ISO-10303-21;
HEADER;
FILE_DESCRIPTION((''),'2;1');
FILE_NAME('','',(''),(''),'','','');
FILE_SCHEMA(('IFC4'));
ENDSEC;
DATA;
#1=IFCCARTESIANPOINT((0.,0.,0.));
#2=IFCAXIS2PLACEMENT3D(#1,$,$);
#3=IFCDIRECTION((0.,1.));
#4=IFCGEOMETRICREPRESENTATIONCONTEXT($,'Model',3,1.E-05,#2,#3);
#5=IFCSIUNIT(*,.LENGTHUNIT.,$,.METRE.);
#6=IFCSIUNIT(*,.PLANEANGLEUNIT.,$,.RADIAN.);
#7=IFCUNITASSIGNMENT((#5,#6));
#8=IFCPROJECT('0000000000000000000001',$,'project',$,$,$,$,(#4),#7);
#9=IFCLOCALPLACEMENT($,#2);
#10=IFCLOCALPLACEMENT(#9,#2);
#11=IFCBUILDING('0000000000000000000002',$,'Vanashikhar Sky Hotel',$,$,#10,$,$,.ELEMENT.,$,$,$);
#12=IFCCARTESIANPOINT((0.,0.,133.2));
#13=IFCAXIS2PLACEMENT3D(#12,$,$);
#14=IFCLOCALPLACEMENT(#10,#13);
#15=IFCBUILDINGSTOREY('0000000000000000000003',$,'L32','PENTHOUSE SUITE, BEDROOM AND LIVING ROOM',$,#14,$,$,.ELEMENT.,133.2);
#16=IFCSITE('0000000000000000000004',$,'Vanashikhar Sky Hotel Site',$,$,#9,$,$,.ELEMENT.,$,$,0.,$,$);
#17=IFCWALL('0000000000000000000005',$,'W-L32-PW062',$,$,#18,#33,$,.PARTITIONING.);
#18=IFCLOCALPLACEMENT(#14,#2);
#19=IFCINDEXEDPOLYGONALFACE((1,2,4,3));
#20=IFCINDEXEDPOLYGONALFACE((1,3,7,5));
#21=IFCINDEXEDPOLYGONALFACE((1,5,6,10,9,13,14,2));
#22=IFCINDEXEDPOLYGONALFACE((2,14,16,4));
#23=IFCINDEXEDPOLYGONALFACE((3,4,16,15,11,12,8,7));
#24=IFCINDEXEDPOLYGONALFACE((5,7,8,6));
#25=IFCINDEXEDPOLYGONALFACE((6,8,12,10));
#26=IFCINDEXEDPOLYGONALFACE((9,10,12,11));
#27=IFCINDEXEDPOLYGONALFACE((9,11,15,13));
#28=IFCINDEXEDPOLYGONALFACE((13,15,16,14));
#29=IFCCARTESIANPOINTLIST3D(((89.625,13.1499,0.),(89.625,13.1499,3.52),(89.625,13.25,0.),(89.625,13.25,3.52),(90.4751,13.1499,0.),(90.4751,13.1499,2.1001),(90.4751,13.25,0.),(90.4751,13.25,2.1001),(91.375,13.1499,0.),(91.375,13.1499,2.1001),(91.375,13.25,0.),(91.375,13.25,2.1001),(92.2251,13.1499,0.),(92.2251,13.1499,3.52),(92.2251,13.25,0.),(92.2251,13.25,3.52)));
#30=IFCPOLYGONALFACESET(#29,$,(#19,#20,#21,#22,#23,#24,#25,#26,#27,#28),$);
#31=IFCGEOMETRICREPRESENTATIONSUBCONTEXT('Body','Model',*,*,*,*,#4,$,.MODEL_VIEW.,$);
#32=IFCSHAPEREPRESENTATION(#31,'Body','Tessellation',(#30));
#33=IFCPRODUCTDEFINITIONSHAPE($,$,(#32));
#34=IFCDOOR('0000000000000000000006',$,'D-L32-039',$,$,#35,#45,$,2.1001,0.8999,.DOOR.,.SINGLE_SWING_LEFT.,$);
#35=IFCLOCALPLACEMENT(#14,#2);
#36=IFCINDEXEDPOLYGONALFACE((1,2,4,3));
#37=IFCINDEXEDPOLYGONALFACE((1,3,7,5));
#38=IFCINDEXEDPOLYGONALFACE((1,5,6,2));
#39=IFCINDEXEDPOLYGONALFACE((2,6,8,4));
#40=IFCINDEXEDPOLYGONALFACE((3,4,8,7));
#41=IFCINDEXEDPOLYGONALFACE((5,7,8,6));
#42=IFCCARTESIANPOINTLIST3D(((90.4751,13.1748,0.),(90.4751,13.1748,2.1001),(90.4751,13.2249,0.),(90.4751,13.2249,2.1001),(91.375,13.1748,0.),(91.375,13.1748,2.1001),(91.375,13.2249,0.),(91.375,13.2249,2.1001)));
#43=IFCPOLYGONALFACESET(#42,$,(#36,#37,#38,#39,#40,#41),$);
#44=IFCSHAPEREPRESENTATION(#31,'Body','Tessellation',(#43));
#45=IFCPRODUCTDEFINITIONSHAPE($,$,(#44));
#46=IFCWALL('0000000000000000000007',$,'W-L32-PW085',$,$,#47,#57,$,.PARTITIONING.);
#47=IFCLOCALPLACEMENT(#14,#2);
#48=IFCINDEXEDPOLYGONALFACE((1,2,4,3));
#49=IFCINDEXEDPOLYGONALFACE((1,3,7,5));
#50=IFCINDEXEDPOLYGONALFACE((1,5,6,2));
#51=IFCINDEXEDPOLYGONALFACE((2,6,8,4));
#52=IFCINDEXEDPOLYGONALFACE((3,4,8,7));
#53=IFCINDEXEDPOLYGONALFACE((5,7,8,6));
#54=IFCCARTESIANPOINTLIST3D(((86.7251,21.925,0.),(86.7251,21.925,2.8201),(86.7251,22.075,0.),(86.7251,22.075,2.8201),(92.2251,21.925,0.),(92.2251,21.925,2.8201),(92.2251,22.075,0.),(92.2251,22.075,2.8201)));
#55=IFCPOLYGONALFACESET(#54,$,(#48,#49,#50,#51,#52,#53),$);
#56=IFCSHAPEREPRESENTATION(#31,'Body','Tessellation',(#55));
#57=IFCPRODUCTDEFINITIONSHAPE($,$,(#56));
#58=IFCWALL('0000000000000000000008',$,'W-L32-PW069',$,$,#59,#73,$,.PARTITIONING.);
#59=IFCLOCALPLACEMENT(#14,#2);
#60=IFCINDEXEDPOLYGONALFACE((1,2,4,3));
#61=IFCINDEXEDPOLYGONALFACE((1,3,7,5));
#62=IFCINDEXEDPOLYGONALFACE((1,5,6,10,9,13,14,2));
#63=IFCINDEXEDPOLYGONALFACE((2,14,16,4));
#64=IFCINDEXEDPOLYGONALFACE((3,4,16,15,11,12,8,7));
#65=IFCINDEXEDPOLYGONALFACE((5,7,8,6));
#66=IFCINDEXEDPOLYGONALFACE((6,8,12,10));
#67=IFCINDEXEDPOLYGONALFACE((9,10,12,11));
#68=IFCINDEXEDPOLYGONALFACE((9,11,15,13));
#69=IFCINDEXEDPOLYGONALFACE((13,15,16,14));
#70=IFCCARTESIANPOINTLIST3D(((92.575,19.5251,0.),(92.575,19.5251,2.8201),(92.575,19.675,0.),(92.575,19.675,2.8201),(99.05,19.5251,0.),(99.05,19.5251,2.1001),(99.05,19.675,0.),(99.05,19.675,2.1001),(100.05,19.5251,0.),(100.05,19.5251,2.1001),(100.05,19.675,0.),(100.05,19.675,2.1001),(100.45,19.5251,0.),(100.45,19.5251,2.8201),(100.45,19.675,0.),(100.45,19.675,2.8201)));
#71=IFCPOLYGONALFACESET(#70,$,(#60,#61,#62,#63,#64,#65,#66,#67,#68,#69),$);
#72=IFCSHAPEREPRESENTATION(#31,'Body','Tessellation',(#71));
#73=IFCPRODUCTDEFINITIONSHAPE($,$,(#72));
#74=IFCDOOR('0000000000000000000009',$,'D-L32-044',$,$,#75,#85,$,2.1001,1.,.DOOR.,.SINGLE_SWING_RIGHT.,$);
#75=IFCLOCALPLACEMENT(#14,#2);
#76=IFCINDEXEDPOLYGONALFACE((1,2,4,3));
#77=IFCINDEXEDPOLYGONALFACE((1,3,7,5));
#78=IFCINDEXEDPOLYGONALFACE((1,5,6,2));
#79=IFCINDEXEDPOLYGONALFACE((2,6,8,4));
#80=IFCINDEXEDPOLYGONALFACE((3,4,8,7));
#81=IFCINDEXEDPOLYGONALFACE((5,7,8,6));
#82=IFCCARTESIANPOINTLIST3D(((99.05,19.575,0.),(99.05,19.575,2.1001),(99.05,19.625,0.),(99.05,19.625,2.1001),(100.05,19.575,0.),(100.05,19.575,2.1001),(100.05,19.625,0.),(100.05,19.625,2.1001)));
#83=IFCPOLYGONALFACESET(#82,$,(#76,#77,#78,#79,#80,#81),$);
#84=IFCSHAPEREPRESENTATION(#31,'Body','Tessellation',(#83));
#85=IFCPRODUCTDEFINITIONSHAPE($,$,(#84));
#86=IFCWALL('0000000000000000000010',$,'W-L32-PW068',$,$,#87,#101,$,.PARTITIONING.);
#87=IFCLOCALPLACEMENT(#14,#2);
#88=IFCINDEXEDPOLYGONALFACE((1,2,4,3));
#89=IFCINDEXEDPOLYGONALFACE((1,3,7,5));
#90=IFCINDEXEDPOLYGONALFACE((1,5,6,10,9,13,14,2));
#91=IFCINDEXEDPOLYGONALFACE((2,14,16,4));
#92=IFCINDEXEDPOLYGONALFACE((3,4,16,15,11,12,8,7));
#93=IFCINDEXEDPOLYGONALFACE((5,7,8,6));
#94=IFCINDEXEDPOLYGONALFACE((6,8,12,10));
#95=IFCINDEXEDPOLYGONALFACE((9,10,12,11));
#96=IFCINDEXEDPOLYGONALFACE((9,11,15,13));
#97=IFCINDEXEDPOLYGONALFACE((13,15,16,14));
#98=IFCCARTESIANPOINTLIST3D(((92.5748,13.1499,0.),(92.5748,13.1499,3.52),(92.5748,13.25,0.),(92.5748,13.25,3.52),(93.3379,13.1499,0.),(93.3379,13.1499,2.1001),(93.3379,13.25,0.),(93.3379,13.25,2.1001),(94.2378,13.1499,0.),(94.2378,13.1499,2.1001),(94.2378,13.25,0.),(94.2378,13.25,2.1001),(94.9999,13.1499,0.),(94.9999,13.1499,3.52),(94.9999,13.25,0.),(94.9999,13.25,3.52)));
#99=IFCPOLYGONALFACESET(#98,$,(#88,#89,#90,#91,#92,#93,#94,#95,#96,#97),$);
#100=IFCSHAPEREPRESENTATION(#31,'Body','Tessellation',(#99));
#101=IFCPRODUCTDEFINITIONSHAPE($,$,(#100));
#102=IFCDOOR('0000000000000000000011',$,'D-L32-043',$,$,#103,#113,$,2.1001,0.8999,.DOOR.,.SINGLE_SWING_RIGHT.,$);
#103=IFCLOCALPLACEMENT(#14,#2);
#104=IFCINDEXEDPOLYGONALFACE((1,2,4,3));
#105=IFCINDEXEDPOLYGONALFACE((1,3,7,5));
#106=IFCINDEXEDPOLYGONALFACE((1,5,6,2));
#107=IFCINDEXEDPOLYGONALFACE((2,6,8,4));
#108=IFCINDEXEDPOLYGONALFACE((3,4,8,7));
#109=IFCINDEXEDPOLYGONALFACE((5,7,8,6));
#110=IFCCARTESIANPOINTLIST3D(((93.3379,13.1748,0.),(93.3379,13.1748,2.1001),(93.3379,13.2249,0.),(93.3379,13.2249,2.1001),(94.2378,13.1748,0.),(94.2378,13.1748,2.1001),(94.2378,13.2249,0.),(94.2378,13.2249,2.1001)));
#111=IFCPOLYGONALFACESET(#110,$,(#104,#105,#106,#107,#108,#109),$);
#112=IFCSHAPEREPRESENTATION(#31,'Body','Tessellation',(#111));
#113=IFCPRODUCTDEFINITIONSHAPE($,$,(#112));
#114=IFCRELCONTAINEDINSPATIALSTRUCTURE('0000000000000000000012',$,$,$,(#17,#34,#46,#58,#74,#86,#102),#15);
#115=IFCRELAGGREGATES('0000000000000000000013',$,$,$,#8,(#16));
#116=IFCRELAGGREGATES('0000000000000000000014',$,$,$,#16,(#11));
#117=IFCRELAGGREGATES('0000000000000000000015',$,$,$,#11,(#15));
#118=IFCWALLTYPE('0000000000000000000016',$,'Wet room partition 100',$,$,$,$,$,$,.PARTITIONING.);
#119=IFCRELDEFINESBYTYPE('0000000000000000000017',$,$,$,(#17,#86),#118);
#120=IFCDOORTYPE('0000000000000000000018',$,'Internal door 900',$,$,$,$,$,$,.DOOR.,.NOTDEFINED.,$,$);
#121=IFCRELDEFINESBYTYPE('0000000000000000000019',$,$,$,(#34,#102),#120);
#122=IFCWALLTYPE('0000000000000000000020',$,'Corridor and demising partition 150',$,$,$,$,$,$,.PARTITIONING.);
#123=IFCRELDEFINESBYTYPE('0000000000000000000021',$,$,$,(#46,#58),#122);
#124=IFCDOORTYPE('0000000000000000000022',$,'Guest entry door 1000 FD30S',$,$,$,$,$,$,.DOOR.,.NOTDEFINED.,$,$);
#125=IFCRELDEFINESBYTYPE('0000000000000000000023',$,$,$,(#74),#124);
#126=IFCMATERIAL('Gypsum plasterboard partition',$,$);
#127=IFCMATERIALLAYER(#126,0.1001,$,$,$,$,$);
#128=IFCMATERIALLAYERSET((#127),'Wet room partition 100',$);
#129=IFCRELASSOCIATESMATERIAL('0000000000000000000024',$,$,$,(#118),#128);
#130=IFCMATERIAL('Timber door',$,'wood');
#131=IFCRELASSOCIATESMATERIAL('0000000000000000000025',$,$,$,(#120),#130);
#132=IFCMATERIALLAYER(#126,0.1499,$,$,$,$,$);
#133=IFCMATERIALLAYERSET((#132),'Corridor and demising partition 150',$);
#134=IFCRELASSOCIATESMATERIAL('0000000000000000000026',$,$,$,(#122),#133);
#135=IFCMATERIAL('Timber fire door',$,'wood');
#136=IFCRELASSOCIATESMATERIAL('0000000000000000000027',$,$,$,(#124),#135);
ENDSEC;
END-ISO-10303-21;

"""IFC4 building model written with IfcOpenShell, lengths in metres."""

from ifc_helpers import new_model, si_unit, direction, frame, frame_2d, origin, place, context, subcontext, project, spatial, rectangle, extrude, source, transform, mapped, material, layer, layer_set, type_object, element, fill, save


model = new_model("IFC4")

# Units and contexts
model_context = context("Model", 3, precision=1e-05, world=origin(), true_north=direction((0.0, 1.0)))
body_context = subcontext(model_context, "Body", "Model", "MODEL_VIEW")
ifc_project = project(units=[si_unit("LENGTHUNIT", "METRE"), si_unit("PLANEANGLEUNIT", "RADIAN")], contexts=[model_context])

# Site, building, storey
site_placement = place(None, origin())
site = spatial("IfcSite", under=ifc_project, at=site_placement, Name="Vanashikhar Sky Hotel Site", CompositionType="ELEMENT", RefElevation=0.0)
building_placement = place(site_placement, origin())
building = spatial("IfcBuilding", under=site, at=building_placement, Name="Vanashikhar Sky Hotel", CompositionType="ELEMENT")
storey_placement = place(building_placement, frame((0.0, 0.0, 133.2)))
storey = spatial("IfcBuildingStorey", under=building, at=storey_placement, Name="L32", Description="PENTHOUSE SUITE, BEDROOM AND LIVING ROOM", CompositionType="ELEMENT", Elevation=133.2)

# Shared definitions
ifc_material_1 = material(Name="Gypsum plasterboard partition")
ifc_layer_1 = layer(ifc_material_1, 0.1001)
ifc_layer_set_1 = layer_set([ifc_layer_1], Name="Wet room partition 100")
wall_type_1 = type_object("IfcWallType", Name="Wet room partition 100", PredefinedType="PARTITIONING", material=ifc_layer_set_1)
shared_shape_1 = source(origin(), body_context, "Body", "SweptSolid", [
    extrude(rectangle(XDim=0.8999, YDim=2.1001, at=frame_2d((0.45, 1.05))), frame((0.0, 0.0601, 0.0), z_axis=(0.0, -1.0, 0.0), x_axis=(1.0, 0.0, 0.0)), (0.0, 0.0, 1.0), 0.1201),
])
ifc_material_2 = material(Name="Timber door", Category="wood")
door_type_1 = type_object("IfcDoorType", Name="Internal door 900", OperationType="NOTDEFINED", PredefinedType="DOOR", material=ifc_material_2)
shared_shape_2 = source(origin(), body_context, "Body", "SweptSolid", [
    extrude(rectangle(XDim=0.8999, YDim=2.1001, at=frame_2d((0.45, 1.05))), frame((0.0, 0.0249, 0.0), z_axis=(0.0, -1.0, 0.0), x_axis=(1.0, 0.0, 0.0)), (0.0, 0.0, 1.0), 0.05),
])

# Wall, opening, door
shared_shape_3 = source(origin(), body_context, "Body", "SweptSolid", [
    extrude(rectangle(XDim=2.6001, YDim=0.1001, at=frame_2d((1.3, 0.0))), origin(), (0.0, 0.0, 1.0), 3.52),
])
wall_1_placement = place(storey_placement, frame((89.625, 13.2, 0.0), z_axis=(0.0, 0.0, 1.0), x_axis=(1.0, 0.0, 0.0)))
wall_1 = element("IfcWall", 1, at=wall_1_placement, inside=storey, type_object=wall_type_1, Name="W-L32-PW062", PredefinedType="PARTITIONING", context=body_context, shape_type="MappedRepresentation", body=[
    mapped(shared_shape_3, transform((0.0, 0.0, 0.0), scale=1.0)),
])
opening_1_placement = place(wall_1_placement, frame((0.8501, 0.0, 0.0)))
opening_1 = element("IfcOpeningElement", 2, at=opening_1_placement, cuts=wall_1, PredefinedType="OPENING", context=body_context, shape_type="MappedRepresentation", body=[
    mapped(shared_shape_1, transform((0.0, 0.0, 0.0), scale=1.0)),
])
door_1_placement = place(opening_1_placement, origin())
door_1 = element("IfcDoor", 3, at=door_1_placement, inside=storey, type_object=door_type_1, Name="D-L32-039", OperationType="SINGLE_SWING_LEFT", OverallHeight=2.1001, OverallWidth=0.8999, PredefinedType="DOOR", context=body_context, shape_type="MappedRepresentation", body=[
    mapped(shared_shape_2, transform((0.0, 0.0, 0.0), scale=1.0)),
])
fill(opening_1, door_1)

# Wall
ifc_layer_2 = layer(ifc_material_1, 0.1499)
ifc_layer_set_2 = layer_set([ifc_layer_2], Name="Corridor and demising partition 150")
wall_type_2 = type_object("IfcWallType", Name="Corridor and demising partition 150", PredefinedType="PARTITIONING", material=ifc_layer_set_2)
shared_shape_4 = source(origin(), body_context, "Body", "SweptSolid", [
    extrude(rectangle(XDim=5.5, YDim=0.1499, at=frame_2d((2.75, 0.0))), origin(), (0.0, 0.0, 1.0), 2.8201),
])
wall_2_placement = place(storey_placement, frame((86.7251, 22.0, 0.0), z_axis=(0.0, 0.0, 1.0), x_axis=(1.0, 0.0, 0.0)))
element("IfcWall", 4, at=wall_2_placement, inside=storey, type_object=wall_type_2, Name="W-L32-PW085", PredefinedType="PARTITIONING", context=body_context, shape_type="MappedRepresentation", body=[
    mapped(shared_shape_4, transform((0.0, 0.0, 0.0), scale=1.0)),
])

# Walls, openings, doors
shared_shape_5 = source(origin(), body_context, "Body", "SweptSolid", [
    extrude(rectangle(XDim=7.875, YDim=0.1499, at=frame_2d((3.9375, 0.0))), origin(), (0.0, 0.0, 1.0), 2.8201),
])
wall_3_placement = place(storey_placement, frame((92.575, 19.6001, 0.0), z_axis=(0.0, 0.0, 1.0), x_axis=(1.0, 0.0, 0.0)))
wall_3 = element("IfcWall", 5, at=wall_3_placement, inside=storey, type_object=wall_type_2, Name="W-L32-PW069", PredefinedType="PARTITIONING", context=body_context, shape_type="MappedRepresentation", body=[
    mapped(shared_shape_5, transform((0.0, 0.0, 0.0), scale=1.0)),
])
shared_shape_6 = source(origin(), body_context, "Body", "SweptSolid", [
    extrude(rectangle(XDim=1.0, YDim=2.1001, at=frame_2d((0.5, 1.05))), frame((0.0, 0.085, 0.0), z_axis=(0.0, -1.0, 0.0), x_axis=(1.0, 0.0, 0.0)), (0.0, 0.0, 1.0), 0.1699),
])
opening_2_placement = place(wall_3_placement, frame((6.4751, 0.0, 0.0)))
opening_2 = element("IfcOpeningElement", 6, at=opening_2_placement, cuts=wall_3, PredefinedType="OPENING", context=body_context, shape_type="MappedRepresentation", body=[
    mapped(shared_shape_6, transform((0.0, 0.0, 0.0), scale=1.0)),
])
ifc_material_3 = material(Name="Timber fire door", Category="wood")
door_type_2 = type_object("IfcDoorType", Name="Guest entry door 1000 FD30S", OperationType="NOTDEFINED", PredefinedType="DOOR", material=ifc_material_3)
shared_shape_7 = source(origin(), body_context, "Body", "SweptSolid", [
    extrude(rectangle(XDim=1.0, YDim=2.1001, at=frame_2d((0.5, 1.05))), frame((0.0, 0.0249, 0.0), z_axis=(0.0, -1.0, 0.0), x_axis=(1.0, 0.0, 0.0)), (0.0, 0.0, 1.0), 0.05),
])
door_2_placement = place(opening_2_placement, origin())
door_2 = element("IfcDoor", 7, at=door_2_placement, inside=storey, type_object=door_type_2, Name="D-L32-044", OperationType="SINGLE_SWING_RIGHT", OverallHeight=2.1001, OverallWidth=1.0, PredefinedType="DOOR", context=body_context, shape_type="MappedRepresentation", body=[
    mapped(shared_shape_7, transform((0.0, 0.0, 0.0), scale=1.0)),
])
fill(opening_2, door_2)
shared_shape_8 = source(origin(), body_context, "Body", "SweptSolid", [
    extrude(rectangle(XDim=2.425, YDim=0.1001, at=frame_2d((1.2124, 0.0))), origin(), (0.0, 0.0, 1.0), 3.52),
])
wall_4_placement = place(storey_placement, frame((92.575, 13.2, 0.0), z_axis=(0.0, 0.0, 1.0), x_axis=(1.0, 0.0, 0.0)))
wall_4 = element("IfcWall", 8, at=wall_4_placement, inside=storey, type_object=wall_type_1, Name="W-L32-PW068", PredefinedType="PARTITIONING", context=body_context, shape_type="MappedRepresentation", body=[
    mapped(shared_shape_8, transform((0.0, 0.0, 0.0), scale=1.0)),
])
opening_3_placement = place(wall_4_placement, frame((0.7629, 0.0, 0.0)))
opening_3 = element("IfcOpeningElement", 9, at=opening_3_placement, cuts=wall_4, PredefinedType="OPENING", context=body_context, shape_type="MappedRepresentation", body=[
    mapped(shared_shape_1, transform((0.0, 0.0, 0.0), scale=1.0)),
])
door_3_placement = place(opening_3_placement, origin())
door_3 = element("IfcDoor", 10, at=door_3_placement, inside=storey, type_object=door_type_1, Name="D-L32-043", OperationType="SINGLE_SWING_RIGHT", OverallHeight=2.1001, OverallWidth=0.8999, PredefinedType="DOOR", context=body_context, shape_type="MappedRepresentation", body=[
    mapped(shared_shape_2, transform((0.0, 0.0, 0.0), scale=1.0)),
])
fill(opening_3, door_3)

save(model, "model.ifc")
